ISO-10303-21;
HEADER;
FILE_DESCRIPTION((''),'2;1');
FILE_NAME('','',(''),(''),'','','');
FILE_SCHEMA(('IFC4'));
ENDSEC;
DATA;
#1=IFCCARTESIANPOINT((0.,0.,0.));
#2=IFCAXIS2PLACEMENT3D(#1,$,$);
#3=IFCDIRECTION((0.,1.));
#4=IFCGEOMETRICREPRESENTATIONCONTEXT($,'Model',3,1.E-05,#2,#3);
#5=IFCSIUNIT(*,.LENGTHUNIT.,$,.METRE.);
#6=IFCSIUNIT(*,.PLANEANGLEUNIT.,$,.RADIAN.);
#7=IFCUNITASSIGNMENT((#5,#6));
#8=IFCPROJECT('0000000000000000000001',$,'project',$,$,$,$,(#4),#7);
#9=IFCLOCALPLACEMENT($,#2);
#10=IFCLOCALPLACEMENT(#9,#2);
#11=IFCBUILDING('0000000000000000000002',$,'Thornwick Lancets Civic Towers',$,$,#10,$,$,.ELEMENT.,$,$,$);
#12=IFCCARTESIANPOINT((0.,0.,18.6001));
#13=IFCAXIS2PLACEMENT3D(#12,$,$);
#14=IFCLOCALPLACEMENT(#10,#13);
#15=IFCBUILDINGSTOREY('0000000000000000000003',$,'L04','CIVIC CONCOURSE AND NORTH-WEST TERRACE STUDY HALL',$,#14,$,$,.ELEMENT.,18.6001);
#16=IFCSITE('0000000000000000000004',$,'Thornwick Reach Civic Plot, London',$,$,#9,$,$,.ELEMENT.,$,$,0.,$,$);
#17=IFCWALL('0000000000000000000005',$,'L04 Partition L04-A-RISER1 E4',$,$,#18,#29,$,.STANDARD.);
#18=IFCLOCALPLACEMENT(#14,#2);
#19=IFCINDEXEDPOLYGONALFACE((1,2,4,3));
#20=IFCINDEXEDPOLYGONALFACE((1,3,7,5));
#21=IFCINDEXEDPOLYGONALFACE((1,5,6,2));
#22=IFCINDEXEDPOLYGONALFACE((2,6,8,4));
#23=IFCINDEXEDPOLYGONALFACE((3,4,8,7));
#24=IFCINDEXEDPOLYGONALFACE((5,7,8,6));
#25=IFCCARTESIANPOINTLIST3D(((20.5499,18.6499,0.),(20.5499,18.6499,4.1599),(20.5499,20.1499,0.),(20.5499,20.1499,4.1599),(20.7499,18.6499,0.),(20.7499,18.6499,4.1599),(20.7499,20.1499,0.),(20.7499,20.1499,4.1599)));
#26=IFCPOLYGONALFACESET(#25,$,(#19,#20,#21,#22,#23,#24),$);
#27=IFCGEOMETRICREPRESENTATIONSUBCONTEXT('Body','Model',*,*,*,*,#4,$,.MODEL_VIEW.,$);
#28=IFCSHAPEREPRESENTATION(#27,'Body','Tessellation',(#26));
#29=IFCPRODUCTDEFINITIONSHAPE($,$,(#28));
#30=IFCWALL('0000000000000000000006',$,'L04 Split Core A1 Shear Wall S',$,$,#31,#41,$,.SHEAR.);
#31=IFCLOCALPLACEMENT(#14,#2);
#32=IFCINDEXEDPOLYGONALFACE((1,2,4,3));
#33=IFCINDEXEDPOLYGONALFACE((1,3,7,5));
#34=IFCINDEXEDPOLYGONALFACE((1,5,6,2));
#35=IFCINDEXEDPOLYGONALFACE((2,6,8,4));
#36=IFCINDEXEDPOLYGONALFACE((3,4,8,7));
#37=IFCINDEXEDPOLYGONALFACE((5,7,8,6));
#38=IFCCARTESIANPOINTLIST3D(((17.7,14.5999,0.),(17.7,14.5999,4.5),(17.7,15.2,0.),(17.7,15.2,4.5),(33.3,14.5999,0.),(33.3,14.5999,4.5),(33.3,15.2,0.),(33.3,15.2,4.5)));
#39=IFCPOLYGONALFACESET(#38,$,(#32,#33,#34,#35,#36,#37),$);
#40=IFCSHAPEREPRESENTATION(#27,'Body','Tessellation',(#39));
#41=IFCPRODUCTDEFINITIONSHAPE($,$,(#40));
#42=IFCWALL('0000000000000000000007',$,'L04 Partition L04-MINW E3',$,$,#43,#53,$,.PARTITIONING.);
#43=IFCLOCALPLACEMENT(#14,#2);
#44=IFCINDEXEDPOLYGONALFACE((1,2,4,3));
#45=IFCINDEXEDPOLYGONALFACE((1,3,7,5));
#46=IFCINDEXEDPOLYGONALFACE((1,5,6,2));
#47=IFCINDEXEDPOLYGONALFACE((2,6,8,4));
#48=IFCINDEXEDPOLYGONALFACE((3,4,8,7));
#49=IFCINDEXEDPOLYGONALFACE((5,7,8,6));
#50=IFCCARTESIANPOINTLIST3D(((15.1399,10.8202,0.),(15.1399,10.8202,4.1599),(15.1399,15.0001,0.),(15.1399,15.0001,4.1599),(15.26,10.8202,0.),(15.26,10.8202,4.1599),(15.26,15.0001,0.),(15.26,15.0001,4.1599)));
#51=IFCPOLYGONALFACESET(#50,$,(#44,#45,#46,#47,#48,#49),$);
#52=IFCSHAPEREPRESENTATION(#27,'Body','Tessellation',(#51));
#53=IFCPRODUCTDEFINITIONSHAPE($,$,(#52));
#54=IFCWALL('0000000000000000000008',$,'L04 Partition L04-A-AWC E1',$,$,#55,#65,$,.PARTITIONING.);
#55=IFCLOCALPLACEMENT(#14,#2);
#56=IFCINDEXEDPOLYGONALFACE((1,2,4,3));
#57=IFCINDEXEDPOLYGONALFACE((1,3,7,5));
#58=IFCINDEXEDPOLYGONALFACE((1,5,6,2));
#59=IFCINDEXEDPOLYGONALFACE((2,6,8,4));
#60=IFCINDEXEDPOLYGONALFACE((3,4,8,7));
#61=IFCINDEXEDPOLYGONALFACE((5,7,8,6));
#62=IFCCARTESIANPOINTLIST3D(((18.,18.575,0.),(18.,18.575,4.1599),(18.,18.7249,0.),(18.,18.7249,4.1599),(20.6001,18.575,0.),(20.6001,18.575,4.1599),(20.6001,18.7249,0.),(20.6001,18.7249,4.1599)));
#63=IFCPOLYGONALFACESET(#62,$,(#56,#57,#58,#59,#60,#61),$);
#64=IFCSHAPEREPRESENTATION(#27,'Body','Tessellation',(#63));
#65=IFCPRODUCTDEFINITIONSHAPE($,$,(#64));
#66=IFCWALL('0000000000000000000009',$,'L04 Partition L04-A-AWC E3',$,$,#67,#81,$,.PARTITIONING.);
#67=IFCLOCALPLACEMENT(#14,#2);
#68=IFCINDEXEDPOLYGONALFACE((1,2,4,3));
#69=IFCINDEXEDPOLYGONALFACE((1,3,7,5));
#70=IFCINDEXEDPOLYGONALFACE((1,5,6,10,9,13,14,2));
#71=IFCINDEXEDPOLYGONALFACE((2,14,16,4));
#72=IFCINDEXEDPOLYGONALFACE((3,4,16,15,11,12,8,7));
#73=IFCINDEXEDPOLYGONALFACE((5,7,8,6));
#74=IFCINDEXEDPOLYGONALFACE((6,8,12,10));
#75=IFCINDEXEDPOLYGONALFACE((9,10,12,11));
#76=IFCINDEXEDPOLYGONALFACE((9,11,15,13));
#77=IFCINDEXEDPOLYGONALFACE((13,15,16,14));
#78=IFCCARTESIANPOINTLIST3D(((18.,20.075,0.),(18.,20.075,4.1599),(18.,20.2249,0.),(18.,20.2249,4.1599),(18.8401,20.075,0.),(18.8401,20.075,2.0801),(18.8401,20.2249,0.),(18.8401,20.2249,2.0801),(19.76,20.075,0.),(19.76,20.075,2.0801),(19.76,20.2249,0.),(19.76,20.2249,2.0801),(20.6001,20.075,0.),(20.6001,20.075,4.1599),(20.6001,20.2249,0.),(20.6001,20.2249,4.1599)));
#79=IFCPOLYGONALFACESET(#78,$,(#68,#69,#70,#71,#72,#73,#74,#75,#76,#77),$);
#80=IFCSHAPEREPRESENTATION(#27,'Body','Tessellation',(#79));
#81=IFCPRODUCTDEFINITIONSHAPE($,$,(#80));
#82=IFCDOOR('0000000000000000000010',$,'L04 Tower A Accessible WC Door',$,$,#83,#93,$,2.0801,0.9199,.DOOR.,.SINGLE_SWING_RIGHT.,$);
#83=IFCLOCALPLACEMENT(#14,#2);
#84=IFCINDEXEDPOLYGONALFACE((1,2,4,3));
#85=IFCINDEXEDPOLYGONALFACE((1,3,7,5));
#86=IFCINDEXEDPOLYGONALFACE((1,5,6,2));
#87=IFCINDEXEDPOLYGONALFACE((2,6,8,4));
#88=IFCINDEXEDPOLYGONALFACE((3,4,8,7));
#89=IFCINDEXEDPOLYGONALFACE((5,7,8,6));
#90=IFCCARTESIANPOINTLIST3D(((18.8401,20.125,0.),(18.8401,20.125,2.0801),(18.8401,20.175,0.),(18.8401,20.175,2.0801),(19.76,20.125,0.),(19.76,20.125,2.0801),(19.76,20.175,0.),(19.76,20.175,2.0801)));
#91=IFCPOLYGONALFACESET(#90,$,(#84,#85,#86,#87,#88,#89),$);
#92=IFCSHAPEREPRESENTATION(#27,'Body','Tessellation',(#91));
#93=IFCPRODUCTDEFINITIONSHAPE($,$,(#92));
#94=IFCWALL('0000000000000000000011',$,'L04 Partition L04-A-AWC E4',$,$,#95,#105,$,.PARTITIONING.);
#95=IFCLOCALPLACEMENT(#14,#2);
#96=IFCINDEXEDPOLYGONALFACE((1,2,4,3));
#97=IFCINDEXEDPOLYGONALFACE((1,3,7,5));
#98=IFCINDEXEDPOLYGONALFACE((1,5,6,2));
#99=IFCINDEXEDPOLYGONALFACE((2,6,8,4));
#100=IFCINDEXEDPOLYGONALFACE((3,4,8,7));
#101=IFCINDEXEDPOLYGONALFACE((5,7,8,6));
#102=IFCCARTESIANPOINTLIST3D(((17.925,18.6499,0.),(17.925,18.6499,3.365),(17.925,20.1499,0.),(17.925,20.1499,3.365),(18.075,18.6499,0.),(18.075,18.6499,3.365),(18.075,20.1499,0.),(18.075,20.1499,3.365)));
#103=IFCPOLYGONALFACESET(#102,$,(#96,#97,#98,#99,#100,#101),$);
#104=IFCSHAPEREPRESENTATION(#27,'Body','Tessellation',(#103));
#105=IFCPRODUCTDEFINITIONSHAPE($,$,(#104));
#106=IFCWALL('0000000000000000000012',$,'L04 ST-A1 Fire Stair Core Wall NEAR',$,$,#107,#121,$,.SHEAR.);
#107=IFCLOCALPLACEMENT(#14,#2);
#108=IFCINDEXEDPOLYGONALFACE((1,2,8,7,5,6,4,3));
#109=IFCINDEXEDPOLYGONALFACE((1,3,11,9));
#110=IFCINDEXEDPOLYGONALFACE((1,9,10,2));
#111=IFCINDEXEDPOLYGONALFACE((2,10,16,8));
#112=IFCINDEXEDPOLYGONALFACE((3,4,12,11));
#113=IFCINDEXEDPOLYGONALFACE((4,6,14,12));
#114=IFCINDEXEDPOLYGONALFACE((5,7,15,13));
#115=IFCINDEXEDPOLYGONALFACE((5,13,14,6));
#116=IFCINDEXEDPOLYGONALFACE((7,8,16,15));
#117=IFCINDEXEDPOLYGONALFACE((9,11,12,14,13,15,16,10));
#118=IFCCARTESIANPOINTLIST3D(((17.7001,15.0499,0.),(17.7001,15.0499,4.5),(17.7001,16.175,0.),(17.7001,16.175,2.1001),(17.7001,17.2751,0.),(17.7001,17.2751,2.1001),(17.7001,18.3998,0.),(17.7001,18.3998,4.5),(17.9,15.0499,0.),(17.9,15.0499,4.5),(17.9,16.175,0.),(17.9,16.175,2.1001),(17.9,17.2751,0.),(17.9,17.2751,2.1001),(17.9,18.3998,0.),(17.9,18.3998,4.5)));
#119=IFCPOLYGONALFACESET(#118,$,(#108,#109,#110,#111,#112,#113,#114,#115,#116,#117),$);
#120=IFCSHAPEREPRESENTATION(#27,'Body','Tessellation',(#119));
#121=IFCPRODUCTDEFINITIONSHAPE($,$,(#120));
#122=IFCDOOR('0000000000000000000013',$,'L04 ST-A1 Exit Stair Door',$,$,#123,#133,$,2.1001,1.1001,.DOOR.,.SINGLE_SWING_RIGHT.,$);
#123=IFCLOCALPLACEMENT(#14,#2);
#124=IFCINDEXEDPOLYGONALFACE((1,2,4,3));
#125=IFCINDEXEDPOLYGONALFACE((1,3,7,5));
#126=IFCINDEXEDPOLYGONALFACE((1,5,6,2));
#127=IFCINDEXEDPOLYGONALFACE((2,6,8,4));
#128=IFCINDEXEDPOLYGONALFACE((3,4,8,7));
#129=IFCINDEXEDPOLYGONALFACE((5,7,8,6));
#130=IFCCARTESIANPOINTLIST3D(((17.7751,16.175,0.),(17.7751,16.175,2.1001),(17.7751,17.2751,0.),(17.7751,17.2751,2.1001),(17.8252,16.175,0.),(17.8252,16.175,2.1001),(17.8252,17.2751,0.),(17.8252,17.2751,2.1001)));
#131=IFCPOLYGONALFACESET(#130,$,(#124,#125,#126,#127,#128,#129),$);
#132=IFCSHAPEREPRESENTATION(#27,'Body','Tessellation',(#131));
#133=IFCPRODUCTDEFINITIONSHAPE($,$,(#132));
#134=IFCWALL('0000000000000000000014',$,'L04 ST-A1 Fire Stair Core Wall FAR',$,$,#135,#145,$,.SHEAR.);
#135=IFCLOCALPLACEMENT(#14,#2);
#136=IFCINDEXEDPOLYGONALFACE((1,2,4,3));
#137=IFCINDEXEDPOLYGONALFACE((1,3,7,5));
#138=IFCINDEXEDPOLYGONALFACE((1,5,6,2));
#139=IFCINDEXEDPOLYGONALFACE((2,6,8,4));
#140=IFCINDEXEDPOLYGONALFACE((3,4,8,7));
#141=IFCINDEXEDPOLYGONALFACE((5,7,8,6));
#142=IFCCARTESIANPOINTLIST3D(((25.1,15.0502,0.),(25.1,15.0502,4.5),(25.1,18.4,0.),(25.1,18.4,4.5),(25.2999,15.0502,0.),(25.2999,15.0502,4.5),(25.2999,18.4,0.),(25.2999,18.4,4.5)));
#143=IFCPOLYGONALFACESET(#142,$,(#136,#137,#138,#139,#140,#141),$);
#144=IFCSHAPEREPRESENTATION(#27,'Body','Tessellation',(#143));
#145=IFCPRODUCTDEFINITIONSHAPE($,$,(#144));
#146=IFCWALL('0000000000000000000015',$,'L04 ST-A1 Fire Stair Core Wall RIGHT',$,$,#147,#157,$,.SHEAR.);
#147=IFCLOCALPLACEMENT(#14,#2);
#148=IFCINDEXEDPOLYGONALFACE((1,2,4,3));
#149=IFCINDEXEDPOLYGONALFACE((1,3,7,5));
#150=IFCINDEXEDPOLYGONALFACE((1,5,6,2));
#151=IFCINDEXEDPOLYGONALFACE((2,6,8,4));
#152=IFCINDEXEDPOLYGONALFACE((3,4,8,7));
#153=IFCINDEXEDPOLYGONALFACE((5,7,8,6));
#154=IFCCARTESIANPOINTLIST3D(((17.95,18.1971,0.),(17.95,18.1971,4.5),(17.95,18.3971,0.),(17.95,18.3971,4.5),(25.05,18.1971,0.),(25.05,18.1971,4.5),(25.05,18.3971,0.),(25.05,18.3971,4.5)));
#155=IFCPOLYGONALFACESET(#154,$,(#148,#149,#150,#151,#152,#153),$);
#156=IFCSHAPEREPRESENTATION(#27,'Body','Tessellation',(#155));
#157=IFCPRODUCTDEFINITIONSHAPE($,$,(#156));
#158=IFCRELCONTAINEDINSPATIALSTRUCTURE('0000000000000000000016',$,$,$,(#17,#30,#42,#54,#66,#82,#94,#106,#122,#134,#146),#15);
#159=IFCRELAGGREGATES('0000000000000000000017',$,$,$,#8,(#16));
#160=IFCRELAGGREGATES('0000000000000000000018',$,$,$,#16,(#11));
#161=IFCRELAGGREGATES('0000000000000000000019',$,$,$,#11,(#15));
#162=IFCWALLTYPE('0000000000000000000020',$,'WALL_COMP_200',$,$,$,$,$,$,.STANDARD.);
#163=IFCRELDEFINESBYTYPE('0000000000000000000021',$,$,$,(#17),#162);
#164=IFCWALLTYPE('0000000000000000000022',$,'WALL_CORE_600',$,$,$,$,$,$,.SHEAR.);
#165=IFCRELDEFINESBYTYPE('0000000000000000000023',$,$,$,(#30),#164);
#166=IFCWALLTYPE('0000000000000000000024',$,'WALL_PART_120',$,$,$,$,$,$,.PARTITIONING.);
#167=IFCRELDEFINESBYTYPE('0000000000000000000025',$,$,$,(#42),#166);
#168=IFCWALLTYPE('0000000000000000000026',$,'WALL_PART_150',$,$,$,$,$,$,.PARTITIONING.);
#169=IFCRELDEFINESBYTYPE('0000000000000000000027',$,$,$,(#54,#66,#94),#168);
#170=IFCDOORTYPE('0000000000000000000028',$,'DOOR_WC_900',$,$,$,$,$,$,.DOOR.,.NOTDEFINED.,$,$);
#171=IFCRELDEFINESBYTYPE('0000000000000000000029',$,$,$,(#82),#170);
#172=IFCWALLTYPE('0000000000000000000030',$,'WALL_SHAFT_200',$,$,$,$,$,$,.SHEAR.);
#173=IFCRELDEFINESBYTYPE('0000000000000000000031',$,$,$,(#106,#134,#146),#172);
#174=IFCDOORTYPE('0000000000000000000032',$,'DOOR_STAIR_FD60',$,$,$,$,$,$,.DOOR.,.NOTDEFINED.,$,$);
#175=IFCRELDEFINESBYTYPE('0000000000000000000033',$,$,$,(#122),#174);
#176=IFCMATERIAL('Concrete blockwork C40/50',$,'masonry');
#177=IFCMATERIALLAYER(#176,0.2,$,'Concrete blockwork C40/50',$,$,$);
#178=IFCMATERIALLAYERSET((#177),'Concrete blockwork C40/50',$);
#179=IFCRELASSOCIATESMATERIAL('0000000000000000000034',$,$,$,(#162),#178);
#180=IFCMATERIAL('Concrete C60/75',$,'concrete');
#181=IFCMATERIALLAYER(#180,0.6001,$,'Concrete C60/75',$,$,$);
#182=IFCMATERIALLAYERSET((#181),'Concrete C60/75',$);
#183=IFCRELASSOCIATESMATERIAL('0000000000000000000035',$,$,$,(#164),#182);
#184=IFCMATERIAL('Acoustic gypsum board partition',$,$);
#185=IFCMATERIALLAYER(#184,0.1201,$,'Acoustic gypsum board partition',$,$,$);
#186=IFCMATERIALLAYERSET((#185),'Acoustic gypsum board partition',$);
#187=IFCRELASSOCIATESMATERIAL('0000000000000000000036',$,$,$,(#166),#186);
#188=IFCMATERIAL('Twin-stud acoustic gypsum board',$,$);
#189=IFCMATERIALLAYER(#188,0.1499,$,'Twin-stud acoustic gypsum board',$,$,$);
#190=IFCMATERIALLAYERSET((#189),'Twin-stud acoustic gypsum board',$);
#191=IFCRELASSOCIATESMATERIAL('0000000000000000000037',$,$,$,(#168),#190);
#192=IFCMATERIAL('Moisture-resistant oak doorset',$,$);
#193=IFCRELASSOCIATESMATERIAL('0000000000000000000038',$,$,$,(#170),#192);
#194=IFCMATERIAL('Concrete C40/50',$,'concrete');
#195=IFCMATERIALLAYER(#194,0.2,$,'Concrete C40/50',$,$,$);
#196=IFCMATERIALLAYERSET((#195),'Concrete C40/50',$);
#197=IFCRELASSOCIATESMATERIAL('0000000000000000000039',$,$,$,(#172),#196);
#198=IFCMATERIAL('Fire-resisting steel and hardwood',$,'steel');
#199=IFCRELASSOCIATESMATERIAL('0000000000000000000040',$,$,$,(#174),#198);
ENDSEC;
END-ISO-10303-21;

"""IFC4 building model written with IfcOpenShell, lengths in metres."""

from ifc_helpers import new_model, si_unit, direction, frame, frame_2d, origin, place, context, subcontext, project, spatial, rectangle, extrude, material, layer, layer_set, type_object, element, fill, save


model = new_model("IFC4")

# Units and contexts
model_context = context("Model", 3, precision=1e-05, world=origin(), true_north=direction((0.0, 1.0)))
body_context = subcontext(model_context, "Body", "Model", "MODEL_VIEW")
ifc_project = project(units=[si_unit("LENGTHUNIT", "METRE"), si_unit("PLANEANGLEUNIT", "RADIAN")], contexts=[model_context])

# Site, building, storey
site_placement = place(None, origin())
site = spatial("IfcSite", under=ifc_project, at=site_placement, Name="Thornwick Reach Civic Plot, London", CompositionType="ELEMENT", RefElevation=0.0)
building_placement = place(site_placement, origin())
building = spatial("IfcBuilding", under=site, at=building_placement, Name="Thornwick Lancets Civic Towers", CompositionType="ELEMENT")
storey_placement = place(building_placement, frame((0.0, 0.0, 18.6001)))
storey = spatial("IfcBuildingStorey", under=building, at=storey_placement, Name="L04", Description="CIVIC CONCOURSE AND NORTH-WEST TERRACE STUDY HALL", CompositionType="ELEMENT", Elevation=18.6001)

# Shared definitions
ifc_material_1 = material(Name="Concrete C60/75", Category="concrete")

# Shared definitions
ifc_material_2 = material(Name="Concrete C40/50", Category="concrete")

# Shared definitions
ifc_material_3 = material(Name="Concrete blockwork C40/50", Category="masonry")
ifc_layer_1 = layer(ifc_material_3, 0.2, Name="Concrete blockwork C40/50")
ifc_layer_set_1 = layer_set([ifc_layer_1], Name="Concrete blockwork C40/50")
wall_type_1 = type_object("IfcWallType", Name="WALL_COMP_200", PredefinedType="STANDARD", material=ifc_layer_set_1)

# Walls
for number, where, z_axis, x_axis, name in (
    (1, (20.6499, 20.1499, 0.0), (0.0, 0.0, 1.0), (0.0, -1.0, 0.0), "L04 Partition L04-A-RISER1 E4"),
):
    element("IfcWall", number, at=place(storey_placement, frame(where, z_axis=z_axis, x_axis=x_axis)), inside=storey, type_object=wall_type_1, Name=name, PredefinedType="STANDARD", context=body_context, shape_type="SweptSolid", body=[
        extrude(rectangle(XDim=1.5, YDim=0.2, at=frame_2d((0.75, 0.0))), origin(), (0.0, 0.0, 1.0), 4.1599),
    ])
ifc_layer_2 = layer(ifc_material_1, 0.6001, Name="Concrete C60/75")
ifc_layer_set_2 = layer_set([ifc_layer_2], Name="Concrete C60/75")
wall_type_2 = type_object("IfcWallType", Name="WALL_CORE_600", PredefinedType="SHEAR", material=ifc_layer_set_2)
wall_1_placement = place(storey_placement, frame((17.7, 14.8999, 0.0), z_axis=(0.0, 0.0, 1.0), x_axis=(1.0, 0.0, 0.0)))
element("IfcWall", 2, at=wall_1_placement, inside=storey, type_object=wall_type_2, Name="L04 Split Core A1 Shear Wall S", PredefinedType="SHEAR", context=body_context, shape_type="SweptSolid", body=[
    extrude(rectangle(XDim=15.6001, YDim=0.6001, at=frame_2d((7.8, 0.0))), origin(), (0.0, 0.0, 1.0), 4.5),
])
ifc_material_4 = material(Name="Acoustic gypsum board partition")
ifc_layer_3 = layer(ifc_material_4, 0.1201, Name="Acoustic gypsum board partition")
ifc_layer_set_3 = layer_set([ifc_layer_3], Name="Acoustic gypsum board partition")
wall_type_3 = type_object("IfcWallType", Name="WALL_PART_120", PredefinedType="PARTITIONING", material=ifc_layer_set_3)
wall_2_placement = place(storey_placement, frame((15.2, 15.0, 0.0), z_axis=(0.0, 0.0, 1.0), x_axis=(0.0, -1.0, 0.0)))
element("IfcWall", 3, at=wall_2_placement, inside=storey, type_object=wall_type_3, Name="L04 Partition L04-MINW E3", PredefinedType="PARTITIONING", context=body_context, shape_type="SweptSolid", body=[
    extrude(rectangle(XDim=4.1799, YDim=0.1201, at=frame_2d((2.0898, 0.0))), origin(), (0.0, 0.0, 1.0), 4.1599),
])
ifc_material_5 = material(Name="Twin-stud acoustic gypsum board")
ifc_layer_4 = layer(ifc_material_5, 0.1499, Name="Twin-stud acoustic gypsum board")
ifc_layer_set_4 = layer_set([ifc_layer_4], Name="Twin-stud acoustic gypsum board")
wall_type_4 = type_object("IfcWallType", Name="WALL_PART_150", PredefinedType="PARTITIONING", material=ifc_layer_set_4)
wall_3_placement = place(storey_placement, frame((18.0, 18.6499, 0.0), z_axis=(0.0, 0.0, 1.0), x_axis=(1.0, 0.0, 0.0)))
element("IfcWall", 4, at=wall_3_placement, inside=storey, type_object=wall_type_4, Name="L04 Partition L04-A-AWC E1", PredefinedType="PARTITIONING", context=body_context, shape_type="SweptSolid", body=[
    extrude(rectangle(XDim=2.6001, YDim=0.1499, at=frame_2d((1.3, 0.0))), origin(), (0.0, 0.0, 1.0), 4.1599),
])

# Wall, opening, door
wall_4_placement = place(storey_placement, frame((20.6001, 20.1499, 0.0), z_axis=(0.0, 0.0, 1.0), x_axis=(-1.0, 0.0, 0.0)))
wall_4 = element("IfcWall", 5, at=wall_4_placement, inside=storey, type_object=wall_type_4, Name="L04 Partition L04-A-AWC E3", PredefinedType="PARTITIONING", context=body_context, shape_type="SweptSolid", body=[
    extrude(rectangle(XDim=2.6001, YDim=0.1499, at=frame_2d((1.3, 0.0))), origin(), (0.0, 0.0, 1.0), 4.1599),
])
opening_1_placement = place(wall_4_placement, frame((0.8401, 0.0, 0.0)))
opening_1 = element("IfcOpeningElement", 6, at=opening_1_placement, cuts=wall_4, PredefinedType="OPENING", context=body_context, shape_type="SweptSolid", body=[
    extrude(rectangle(XDim=0.9199, YDim=2.0801, at=frame_2d((0.46, 1.04))), frame((0.0, 0.085, 0.0), z_axis=(0.0, -1.0, 0.0), x_axis=(1.0, 0.0, 0.0)), (0.0, 0.0, 1.0), 0.1699),
])
ifc_material_6 = material(Name="Moisture-resistant oak doorset")
door_type_1 = type_object("IfcDoorType", Name="DOOR_WC_900", OperationType="NOTDEFINED", PredefinedType="DOOR", material=ifc_material_6)
door_1_placement = place(opening_1_placement, origin())
door_1 = element("IfcDoor", 7, at=door_1_placement, inside=storey, type_object=door_type_1, Name="L04 Tower A Accessible WC Door", OperationType="SINGLE_SWING_RIGHT", OverallHeight=2.0801, OverallWidth=0.9199, PredefinedType="DOOR", context=body_context, shape_type="SweptSolid", body=[
    extrude(rectangle(XDim=0.9199, YDim=2.0801, at=frame_2d((0.46, 1.04))), frame((0.0, 0.0249, 0.0), z_axis=(0.0, -1.0, 0.0), x_axis=(1.0, 0.0, 0.0)), (0.0, 0.0, 1.0), 0.05),
])
fill(opening_1, door_1)

# Wall
wall_5_placement = place(storey_placement, frame((18.0, 20.1499, 0.0), z_axis=(0.0, 0.0, 1.0), x_axis=(0.0, -1.0, 0.0)))
element("IfcWall", 8, at=wall_5_placement, inside=storey, type_object=wall_type_4, Name="L04 Partition L04-A-AWC E4", PredefinedType="PARTITIONING", context=body_context, shape_type="SweptSolid", body=[
    extrude(rectangle(XDim=1.5, YDim=0.1499, at=frame_2d((0.75, 0.0))), origin(), (0.0, 0.0, 1.0), 3.365),
])

# Wall, opening, door
ifc_layer_5 = layer(ifc_material_2, 0.2, Name="Concrete C40/50")
ifc_layer_set_5 = layer_set([ifc_layer_5], Name="Concrete C40/50")
wall_type_5 = type_object("IfcWallType", Name="WALL_SHAFT_200", PredefinedType="SHEAR", material=ifc_layer_set_5)
wall_6_placement = place(storey_placement, frame((17.8, 15.05, 0.0), z_axis=(0.0, 0.0, 1.0), x_axis=(0.0, 1.0, 0.0)))
wall_6 = element("IfcWall", 9, at=wall_6_placement, inside=storey, type_object=wall_type_5, Name="L04 ST-A1 Fire Stair Core Wall NEAR", PredefinedType="SHEAR", context=body_context, shape_type="SweptSolid", body=[
    extrude(rectangle(XDim=3.3499, YDim=0.2, at=frame_2d((1.6748, 0.0))), origin(), (0.0, 0.0, 1.0), 4.5),
])
opening_2_placement = place(wall_6_placement, frame((1.125, 0.0, 0.0)))
opening_2 = element("IfcOpeningElement", 10, at=opening_2_placement, cuts=wall_6, PredefinedType="OPENING", context=body_context, shape_type="SweptSolid", body=[
    extrude(rectangle(XDim=1.1001, YDim=2.1001, at=frame_2d((0.55, 1.05))), frame((0.0, 0.1099, 0.0), z_axis=(0.0, -1.0, 0.0), x_axis=(1.0, 0.0, 0.0)), (0.0, 0.0, 1.0), 0.22),
])
ifc_material_7 = material(Name="Fire-resisting steel and hardwood", Category="steel")
door_type_2 = type_object("IfcDoorType", Name="DOOR_STAIR_FD60", OperationType="NOTDEFINED", PredefinedType="DOOR", material=ifc_material_7)
door_2_placement = place(opening_2_placement, origin())
door_2 = element("IfcDoor", 11, at=door_2_placement, inside=storey, type_object=door_type_2, Name="L04 ST-A1 Exit Stair Door", OperationType="SINGLE_SWING_RIGHT", OverallHeight=2.1001, OverallWidth=1.1001, PredefinedType="DOOR", context=body_context, shape_type="SweptSolid", body=[
    extrude(rectangle(XDim=1.1001, YDim=2.1001, at=frame_2d((0.55, 1.05))), frame((0.0, 0.0249, 0.0), z_axis=(0.0, -1.0, 0.0), x_axis=(1.0, 0.0, 0.0)), (0.0, 0.0, 1.0), 0.05),
])
fill(opening_2, door_2)

# Walls
wall_7_placement = place(storey_placement, frame((25.2, 18.3999, 0.0), z_axis=(0.0, 0.0, 1.0), x_axis=(0.0, -1.0, 0.0)))
element("IfcWall", 12, at=wall_7_placement, inside=storey, type_object=wall_type_5, Name="L04 ST-A1 Fire Stair Core Wall FAR", PredefinedType="SHEAR", context=body_context, shape_type="SweptSolid", body=[
    extrude(rectangle(XDim=3.3499, YDim=0.2, at=frame_2d((1.6748, 0.0))), origin(), (0.0, 0.0, 1.0), 4.5),
])
wall_8_placement = place(storey_placement, frame((25.05, 18.2971, 0.0), z_axis=(0.0, 0.0, 1.0), x_axis=(-1.0, 0.0, 0.0)))
element("IfcWall", 13, at=wall_8_placement, inside=storey, type_object=wall_type_5, Name="L04 ST-A1 Fire Stair Core Wall RIGHT", PredefinedType="SHEAR", context=body_context, shape_type="SweptSolid", body=[
    extrude(rectangle(XDim=7.1001, YDim=0.2, at=frame_2d((3.55, 0.0))), origin(), (0.0, 0.0, 1.0), 4.5),
])

save(model, "model.ifc")
